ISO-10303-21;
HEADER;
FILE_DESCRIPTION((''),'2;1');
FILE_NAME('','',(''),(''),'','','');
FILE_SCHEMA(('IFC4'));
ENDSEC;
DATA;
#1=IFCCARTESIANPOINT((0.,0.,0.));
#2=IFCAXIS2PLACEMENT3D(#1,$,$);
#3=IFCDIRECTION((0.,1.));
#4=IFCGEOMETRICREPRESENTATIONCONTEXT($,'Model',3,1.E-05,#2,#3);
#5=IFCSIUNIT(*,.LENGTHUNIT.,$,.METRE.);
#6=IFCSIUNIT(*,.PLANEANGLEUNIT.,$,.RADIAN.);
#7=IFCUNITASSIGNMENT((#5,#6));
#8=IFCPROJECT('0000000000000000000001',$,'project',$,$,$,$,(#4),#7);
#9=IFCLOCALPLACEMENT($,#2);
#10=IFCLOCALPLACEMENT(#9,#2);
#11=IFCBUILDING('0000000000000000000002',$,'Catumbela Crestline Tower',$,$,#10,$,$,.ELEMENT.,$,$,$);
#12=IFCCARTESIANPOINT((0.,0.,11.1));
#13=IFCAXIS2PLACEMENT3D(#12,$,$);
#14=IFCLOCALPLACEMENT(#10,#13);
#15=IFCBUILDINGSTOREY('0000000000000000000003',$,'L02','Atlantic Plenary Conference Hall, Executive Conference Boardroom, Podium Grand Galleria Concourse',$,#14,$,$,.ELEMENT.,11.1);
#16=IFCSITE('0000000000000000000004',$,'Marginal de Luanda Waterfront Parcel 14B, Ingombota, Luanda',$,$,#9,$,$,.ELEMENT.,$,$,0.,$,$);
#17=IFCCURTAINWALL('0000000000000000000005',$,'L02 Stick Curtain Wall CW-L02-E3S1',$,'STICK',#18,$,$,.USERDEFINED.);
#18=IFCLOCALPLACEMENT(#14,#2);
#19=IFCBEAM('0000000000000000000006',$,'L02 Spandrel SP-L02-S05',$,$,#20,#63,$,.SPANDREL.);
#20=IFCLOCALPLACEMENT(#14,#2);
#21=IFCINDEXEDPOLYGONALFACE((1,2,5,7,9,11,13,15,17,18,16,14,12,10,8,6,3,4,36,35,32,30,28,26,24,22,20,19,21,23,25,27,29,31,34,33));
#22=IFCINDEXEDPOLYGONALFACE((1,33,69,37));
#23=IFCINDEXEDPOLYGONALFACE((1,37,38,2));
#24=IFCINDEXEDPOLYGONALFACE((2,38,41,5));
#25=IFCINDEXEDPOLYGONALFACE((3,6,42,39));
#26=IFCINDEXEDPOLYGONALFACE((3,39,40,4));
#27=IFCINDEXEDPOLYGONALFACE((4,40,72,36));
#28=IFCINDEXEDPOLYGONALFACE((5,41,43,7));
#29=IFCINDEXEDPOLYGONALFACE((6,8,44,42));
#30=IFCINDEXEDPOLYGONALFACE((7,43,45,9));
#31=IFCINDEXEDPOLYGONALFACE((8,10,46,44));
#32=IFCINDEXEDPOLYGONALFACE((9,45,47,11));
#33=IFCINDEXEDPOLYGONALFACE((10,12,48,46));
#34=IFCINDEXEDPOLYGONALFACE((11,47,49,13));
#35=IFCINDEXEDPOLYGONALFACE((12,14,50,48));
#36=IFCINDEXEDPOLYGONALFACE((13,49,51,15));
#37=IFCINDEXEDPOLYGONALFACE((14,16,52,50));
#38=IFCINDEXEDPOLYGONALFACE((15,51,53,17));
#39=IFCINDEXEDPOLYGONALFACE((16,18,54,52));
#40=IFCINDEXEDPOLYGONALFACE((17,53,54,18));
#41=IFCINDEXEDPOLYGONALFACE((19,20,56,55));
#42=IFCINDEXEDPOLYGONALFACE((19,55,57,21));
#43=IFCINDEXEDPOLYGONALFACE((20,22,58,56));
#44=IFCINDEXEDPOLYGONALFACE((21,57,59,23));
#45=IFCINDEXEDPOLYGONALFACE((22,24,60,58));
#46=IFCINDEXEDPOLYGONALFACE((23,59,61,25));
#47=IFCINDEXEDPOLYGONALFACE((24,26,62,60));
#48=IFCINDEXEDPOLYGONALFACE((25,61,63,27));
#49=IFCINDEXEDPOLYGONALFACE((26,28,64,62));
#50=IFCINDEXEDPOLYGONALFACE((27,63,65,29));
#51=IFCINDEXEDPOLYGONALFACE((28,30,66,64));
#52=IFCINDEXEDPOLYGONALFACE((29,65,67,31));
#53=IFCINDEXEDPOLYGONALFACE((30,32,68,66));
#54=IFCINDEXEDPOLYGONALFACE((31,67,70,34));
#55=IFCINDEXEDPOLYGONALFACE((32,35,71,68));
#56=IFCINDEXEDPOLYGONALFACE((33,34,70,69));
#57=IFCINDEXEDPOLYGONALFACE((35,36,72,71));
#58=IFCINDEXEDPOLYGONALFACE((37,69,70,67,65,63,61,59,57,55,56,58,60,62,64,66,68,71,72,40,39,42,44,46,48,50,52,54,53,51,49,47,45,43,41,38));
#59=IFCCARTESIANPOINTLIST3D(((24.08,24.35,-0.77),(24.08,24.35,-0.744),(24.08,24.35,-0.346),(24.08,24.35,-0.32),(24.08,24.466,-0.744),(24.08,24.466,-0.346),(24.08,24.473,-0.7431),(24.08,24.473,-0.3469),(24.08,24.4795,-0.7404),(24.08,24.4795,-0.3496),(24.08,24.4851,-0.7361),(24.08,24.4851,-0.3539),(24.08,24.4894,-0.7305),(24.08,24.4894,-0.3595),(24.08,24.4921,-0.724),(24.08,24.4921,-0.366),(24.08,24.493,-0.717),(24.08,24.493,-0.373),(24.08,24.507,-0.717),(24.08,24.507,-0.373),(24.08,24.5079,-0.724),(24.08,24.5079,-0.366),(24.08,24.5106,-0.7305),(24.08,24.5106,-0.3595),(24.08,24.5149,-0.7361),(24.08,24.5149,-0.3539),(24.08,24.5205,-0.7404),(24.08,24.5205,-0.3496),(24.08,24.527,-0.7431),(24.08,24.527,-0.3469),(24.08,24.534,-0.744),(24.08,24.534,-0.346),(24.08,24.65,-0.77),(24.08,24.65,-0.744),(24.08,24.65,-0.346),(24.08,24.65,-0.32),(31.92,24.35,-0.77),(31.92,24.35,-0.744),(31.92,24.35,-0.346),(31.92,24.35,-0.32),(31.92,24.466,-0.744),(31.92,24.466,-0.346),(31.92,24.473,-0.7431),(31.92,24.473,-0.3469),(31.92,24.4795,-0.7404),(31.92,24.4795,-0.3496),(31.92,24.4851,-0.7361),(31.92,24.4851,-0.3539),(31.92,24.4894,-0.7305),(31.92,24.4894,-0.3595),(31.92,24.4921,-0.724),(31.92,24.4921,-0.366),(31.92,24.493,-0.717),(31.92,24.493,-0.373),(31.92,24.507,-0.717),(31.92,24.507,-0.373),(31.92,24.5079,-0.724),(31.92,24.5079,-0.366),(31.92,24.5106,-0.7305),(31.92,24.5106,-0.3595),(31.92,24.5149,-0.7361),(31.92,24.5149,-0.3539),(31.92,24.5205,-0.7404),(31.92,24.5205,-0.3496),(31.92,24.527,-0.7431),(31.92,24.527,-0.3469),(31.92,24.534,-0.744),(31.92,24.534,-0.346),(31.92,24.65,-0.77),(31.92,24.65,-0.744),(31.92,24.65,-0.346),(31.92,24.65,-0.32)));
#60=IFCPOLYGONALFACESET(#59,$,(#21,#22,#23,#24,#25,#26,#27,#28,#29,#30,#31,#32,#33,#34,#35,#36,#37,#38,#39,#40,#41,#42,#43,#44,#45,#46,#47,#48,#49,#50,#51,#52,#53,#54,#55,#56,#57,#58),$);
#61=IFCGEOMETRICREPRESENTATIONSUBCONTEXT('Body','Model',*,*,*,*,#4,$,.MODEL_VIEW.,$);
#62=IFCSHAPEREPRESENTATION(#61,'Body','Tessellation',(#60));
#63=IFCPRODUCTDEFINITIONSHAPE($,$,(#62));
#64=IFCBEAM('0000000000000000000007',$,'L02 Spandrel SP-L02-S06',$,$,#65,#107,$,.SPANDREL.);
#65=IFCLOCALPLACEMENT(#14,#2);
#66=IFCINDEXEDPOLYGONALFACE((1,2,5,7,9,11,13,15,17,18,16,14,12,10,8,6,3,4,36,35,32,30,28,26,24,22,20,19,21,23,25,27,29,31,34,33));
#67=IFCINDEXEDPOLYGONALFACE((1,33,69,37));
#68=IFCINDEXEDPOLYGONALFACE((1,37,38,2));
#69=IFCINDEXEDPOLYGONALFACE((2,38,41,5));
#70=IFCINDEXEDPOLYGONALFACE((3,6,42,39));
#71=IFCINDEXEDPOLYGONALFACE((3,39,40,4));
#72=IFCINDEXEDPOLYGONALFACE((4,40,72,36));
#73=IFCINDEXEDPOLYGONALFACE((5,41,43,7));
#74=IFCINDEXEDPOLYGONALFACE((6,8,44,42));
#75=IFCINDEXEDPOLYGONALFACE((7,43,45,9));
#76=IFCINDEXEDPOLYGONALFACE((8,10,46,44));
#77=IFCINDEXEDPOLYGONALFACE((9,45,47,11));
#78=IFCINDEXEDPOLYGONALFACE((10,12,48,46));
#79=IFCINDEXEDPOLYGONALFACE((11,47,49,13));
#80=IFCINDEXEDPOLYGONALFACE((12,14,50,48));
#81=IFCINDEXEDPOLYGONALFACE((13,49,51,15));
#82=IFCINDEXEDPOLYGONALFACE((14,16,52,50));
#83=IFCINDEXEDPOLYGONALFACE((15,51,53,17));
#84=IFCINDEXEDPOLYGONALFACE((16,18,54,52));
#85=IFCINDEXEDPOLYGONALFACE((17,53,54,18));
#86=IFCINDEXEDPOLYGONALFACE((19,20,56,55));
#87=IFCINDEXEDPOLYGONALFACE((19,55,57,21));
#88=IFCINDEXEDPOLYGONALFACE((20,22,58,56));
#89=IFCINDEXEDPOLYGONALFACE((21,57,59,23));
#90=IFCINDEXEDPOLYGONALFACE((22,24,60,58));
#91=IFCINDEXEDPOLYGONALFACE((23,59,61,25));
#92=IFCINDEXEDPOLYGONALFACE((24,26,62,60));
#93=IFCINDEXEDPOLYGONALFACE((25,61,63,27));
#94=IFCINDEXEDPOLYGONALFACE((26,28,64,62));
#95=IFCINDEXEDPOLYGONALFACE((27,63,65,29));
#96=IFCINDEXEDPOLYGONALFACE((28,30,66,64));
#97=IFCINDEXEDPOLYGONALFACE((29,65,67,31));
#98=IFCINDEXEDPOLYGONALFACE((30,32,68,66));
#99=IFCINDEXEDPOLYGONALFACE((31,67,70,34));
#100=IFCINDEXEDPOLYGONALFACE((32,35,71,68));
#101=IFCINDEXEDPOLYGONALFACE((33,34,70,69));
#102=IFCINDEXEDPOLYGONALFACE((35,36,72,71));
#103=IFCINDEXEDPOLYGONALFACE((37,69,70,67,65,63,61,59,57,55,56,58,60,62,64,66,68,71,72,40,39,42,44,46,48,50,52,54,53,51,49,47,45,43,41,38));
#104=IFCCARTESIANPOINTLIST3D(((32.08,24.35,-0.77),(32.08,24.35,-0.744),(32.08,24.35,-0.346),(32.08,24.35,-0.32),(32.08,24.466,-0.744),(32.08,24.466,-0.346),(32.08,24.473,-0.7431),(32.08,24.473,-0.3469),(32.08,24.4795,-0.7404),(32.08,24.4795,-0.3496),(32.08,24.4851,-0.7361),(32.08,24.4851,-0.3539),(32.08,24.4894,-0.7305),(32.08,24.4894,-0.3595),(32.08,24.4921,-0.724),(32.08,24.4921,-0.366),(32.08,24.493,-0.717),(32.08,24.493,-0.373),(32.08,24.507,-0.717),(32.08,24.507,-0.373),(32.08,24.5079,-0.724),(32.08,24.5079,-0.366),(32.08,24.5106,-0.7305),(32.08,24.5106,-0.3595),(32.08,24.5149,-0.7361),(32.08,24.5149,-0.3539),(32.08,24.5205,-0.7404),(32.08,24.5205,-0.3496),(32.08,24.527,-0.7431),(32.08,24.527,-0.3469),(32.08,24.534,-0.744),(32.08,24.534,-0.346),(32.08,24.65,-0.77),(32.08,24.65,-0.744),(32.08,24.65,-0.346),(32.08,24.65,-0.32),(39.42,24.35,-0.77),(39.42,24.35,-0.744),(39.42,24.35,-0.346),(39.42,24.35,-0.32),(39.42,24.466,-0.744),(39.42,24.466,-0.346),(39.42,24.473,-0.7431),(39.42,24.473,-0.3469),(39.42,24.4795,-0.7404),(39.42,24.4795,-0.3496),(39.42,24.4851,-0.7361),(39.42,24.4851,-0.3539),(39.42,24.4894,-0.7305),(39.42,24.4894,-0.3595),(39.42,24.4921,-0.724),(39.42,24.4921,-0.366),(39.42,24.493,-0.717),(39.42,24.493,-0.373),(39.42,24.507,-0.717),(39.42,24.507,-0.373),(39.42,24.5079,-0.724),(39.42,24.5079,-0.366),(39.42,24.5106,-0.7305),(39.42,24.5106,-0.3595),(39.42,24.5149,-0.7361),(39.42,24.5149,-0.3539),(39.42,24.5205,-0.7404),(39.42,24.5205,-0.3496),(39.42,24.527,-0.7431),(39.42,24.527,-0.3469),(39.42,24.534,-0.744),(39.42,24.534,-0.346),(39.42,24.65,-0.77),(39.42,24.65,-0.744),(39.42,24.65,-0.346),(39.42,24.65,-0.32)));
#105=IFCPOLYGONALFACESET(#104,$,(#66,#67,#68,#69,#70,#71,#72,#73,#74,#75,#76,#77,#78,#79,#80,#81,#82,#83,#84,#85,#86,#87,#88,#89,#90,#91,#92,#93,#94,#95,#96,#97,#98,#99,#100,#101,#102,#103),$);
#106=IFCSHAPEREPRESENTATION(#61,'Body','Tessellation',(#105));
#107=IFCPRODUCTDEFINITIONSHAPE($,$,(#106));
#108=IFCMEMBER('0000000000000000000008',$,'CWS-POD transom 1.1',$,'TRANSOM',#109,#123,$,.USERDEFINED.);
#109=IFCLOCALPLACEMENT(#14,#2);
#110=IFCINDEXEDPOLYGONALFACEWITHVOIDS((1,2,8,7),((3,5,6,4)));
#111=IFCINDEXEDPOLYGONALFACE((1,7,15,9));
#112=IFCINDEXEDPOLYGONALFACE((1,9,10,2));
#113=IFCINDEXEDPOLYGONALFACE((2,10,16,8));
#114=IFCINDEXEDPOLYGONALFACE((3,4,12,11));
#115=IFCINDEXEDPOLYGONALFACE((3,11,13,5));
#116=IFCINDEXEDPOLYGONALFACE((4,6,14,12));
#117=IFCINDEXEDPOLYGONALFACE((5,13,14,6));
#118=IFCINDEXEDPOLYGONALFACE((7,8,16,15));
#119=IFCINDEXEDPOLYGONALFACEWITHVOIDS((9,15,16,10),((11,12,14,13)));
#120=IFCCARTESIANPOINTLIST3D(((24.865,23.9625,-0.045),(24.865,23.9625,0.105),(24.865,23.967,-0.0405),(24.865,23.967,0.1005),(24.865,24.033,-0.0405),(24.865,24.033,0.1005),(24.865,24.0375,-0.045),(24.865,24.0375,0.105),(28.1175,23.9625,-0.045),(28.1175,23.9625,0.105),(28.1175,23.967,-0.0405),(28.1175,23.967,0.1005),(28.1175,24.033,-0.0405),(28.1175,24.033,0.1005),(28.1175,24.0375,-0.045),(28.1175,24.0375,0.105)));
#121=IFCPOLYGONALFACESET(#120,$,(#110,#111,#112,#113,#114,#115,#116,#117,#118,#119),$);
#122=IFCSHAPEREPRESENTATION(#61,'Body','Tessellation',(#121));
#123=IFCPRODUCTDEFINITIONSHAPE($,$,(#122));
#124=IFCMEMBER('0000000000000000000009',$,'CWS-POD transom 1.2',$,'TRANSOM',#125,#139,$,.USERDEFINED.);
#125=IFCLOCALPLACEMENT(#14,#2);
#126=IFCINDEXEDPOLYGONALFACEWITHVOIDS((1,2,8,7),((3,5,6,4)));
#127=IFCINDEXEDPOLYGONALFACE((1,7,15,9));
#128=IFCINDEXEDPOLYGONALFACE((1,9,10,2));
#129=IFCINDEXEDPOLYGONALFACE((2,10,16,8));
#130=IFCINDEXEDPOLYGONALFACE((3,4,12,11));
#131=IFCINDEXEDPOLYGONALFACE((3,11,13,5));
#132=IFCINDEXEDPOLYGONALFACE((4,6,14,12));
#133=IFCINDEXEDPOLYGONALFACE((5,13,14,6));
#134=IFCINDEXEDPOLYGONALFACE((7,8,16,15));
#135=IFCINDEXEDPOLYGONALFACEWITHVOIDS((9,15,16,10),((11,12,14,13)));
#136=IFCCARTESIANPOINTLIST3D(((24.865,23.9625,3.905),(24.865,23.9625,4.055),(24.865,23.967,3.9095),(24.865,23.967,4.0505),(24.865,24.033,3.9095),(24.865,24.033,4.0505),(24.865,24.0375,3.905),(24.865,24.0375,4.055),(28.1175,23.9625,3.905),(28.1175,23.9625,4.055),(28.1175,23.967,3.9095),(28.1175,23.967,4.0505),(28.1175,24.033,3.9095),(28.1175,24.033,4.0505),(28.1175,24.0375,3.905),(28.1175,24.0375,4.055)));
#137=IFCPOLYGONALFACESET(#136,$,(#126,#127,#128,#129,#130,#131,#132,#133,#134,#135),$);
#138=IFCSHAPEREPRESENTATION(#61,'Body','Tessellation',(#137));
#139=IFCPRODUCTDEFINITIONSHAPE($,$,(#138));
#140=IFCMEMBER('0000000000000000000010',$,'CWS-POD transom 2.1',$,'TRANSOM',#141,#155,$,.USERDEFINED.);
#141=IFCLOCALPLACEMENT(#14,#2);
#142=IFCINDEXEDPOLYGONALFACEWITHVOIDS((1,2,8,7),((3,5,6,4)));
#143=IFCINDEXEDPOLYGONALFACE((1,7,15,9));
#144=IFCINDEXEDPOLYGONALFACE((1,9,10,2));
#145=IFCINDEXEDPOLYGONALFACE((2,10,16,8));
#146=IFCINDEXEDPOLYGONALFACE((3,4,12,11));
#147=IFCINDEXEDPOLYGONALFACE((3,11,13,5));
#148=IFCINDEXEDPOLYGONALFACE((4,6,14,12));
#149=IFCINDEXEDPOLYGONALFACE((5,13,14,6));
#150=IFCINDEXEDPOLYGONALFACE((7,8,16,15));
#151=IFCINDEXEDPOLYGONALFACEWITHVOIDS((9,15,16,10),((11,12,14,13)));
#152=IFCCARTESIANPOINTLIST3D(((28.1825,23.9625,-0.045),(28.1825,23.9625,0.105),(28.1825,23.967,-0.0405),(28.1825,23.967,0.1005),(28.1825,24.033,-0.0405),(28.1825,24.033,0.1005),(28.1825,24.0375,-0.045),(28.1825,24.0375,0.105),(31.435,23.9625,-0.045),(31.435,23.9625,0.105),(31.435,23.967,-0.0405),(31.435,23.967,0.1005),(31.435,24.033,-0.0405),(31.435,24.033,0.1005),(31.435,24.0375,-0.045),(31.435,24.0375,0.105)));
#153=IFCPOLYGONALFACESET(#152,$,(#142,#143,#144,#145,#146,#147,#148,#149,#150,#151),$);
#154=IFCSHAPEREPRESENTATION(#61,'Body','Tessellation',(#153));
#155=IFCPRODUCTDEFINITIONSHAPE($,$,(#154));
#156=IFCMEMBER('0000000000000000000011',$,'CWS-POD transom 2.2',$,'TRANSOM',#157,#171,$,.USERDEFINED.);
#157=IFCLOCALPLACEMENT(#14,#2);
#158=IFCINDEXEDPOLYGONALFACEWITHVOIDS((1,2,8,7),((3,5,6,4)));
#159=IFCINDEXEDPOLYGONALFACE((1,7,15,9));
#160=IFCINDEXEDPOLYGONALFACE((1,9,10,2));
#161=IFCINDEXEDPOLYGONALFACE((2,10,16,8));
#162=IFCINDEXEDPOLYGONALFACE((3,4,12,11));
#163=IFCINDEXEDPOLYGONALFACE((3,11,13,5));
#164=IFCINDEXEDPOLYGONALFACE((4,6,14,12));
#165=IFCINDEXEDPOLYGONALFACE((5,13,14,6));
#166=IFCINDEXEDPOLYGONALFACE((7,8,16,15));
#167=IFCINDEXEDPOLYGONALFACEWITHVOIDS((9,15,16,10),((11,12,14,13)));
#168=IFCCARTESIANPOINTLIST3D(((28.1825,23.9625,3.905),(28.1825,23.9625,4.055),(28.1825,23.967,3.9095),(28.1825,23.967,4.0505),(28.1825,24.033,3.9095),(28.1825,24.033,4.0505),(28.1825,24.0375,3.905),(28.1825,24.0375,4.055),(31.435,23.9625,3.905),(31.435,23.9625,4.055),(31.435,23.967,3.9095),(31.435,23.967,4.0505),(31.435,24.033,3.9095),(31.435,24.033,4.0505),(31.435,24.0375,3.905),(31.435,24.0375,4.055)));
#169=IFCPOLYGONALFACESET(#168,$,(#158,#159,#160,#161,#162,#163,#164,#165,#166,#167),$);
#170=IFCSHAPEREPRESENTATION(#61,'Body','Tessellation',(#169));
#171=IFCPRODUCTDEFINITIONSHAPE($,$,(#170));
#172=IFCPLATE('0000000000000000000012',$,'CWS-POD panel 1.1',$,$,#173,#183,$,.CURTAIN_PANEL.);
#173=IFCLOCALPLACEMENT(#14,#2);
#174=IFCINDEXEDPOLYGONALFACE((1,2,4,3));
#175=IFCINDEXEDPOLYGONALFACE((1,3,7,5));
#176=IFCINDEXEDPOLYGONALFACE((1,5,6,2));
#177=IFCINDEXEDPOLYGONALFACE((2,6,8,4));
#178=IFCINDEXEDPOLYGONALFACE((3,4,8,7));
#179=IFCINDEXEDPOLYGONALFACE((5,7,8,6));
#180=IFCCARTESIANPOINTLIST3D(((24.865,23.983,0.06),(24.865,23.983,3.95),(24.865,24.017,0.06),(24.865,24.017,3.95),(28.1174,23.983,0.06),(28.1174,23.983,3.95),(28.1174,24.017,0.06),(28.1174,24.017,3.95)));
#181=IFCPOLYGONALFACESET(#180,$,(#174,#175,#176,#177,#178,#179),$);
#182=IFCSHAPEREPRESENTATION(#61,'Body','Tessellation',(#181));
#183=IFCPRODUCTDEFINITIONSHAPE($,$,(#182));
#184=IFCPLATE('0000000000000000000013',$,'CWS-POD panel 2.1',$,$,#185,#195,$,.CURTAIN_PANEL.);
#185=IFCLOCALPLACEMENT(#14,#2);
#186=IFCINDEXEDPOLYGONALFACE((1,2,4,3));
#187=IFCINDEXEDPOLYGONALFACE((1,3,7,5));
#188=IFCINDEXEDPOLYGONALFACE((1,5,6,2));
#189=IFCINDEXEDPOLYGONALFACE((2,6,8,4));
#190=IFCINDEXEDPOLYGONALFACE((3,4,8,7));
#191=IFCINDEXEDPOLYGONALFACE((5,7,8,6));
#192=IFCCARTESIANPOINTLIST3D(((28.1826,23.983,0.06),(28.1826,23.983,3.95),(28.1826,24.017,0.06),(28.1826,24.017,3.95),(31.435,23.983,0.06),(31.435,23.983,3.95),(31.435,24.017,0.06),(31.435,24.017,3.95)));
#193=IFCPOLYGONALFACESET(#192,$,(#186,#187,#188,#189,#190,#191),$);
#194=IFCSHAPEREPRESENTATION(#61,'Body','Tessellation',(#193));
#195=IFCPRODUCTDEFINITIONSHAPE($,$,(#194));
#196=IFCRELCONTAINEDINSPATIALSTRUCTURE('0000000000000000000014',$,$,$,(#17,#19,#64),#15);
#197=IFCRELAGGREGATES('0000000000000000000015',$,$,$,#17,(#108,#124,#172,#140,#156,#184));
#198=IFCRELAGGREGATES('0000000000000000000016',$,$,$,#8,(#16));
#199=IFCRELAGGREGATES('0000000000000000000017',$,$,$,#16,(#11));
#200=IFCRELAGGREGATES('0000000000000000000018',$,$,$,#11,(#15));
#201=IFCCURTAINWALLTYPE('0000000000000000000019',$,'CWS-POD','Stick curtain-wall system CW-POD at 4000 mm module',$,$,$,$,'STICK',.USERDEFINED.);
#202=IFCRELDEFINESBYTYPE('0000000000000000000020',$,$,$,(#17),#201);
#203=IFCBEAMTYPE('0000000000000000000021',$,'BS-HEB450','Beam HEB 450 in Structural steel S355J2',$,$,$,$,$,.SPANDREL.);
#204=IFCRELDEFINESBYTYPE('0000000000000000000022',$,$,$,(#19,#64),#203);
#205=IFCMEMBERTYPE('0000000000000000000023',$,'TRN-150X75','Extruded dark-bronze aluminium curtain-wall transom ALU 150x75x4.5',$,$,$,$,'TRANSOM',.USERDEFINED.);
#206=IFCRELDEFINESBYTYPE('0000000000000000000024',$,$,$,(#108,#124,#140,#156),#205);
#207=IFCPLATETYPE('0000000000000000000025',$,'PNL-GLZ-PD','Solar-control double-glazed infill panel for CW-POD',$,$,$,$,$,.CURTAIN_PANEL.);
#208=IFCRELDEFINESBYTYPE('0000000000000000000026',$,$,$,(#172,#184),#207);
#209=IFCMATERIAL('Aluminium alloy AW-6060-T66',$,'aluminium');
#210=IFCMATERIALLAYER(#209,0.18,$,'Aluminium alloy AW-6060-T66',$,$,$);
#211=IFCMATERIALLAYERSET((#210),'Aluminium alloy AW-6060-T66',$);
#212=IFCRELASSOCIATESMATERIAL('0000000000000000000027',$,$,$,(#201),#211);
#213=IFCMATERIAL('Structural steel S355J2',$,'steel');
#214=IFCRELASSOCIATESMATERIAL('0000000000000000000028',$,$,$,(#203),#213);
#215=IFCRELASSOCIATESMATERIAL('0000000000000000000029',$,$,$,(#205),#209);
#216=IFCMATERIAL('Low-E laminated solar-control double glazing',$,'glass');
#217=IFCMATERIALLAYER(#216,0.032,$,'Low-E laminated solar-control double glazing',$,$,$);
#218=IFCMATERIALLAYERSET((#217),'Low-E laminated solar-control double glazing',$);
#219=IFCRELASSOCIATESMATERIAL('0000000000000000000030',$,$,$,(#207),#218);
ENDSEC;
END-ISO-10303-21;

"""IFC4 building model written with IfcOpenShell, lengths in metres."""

from ifc_helpers import new_model, si_unit, direction, frame, origin, origin_2d, place, context, subcontext, project, spatial, rectangle, hollow_rectangle, i_section, extrude, material, layer, layer_set, material_profile, profile_set, type_object, element, aggregate, save


model = new_model("IFC4")

# Units and contexts
model_context = context("Model", 3, precision=1e-05, world=origin(), true_north=direction((0.0, 1.0)))
body_context = subcontext(model_context, "Body", "Model", "MODEL_VIEW")
ifc_project = project(units=[si_unit("LENGTHUNIT", "METRE"), si_unit("PLANEANGLEUNIT", "RADIAN")], contexts=[model_context])

# Site, building, storey
site_placement = place(None, origin())
site = spatial("IfcSite", under=ifc_project, at=site_placement, Name="Marginal de Luanda Waterfront Parcel 14B, Ingombota, Luanda", CompositionType="ELEMENT", RefElevation=0.0)
building_placement = place(site_placement, origin())
building = spatial("IfcBuilding", under=site, at=building_placement, Name="Catumbela Crestline Tower", CompositionType="ELEMENT")
storey_placement = place(building_placement, frame((0.0, 0.0, 11.1)))
storey = spatial("IfcBuildingStorey", under=building, at=storey_placement, Name="L02", Description="Atlantic Plenary Conference Hall, Executive Conference Boardroom, Podium Grand Galleria Concourse", CompositionType="ELEMENT", Elevation=11.1)

# Shared definitions
ifc_material_1 = material(Name="Structural steel S355J2", Category="steel")

# Shared definitions
ifc_material_2 = material(Name="Aluminium alloy AW-6060-T66", Category="aluminium")
ifc_layer_1 = layer(ifc_material_2, 0.18, Name="Aluminium alloy AW-6060-T66")
ifc_layer_set_1 = layer_set([ifc_layer_1], Name="Aluminium alloy AW-6060-T66")
curtain_wall_type = type_object("IfcCurtainWallType", Name="CWS-POD", Description="Stick curtain-wall system CW-POD at 4000 mm module", ElementType="STICK", PredefinedType="USERDEFINED", material=ifc_layer_set_1)

# Curtain wall
curtain_wall_1_placement = place(storey_placement, origin())
curtain_wall_1 = element("IfcCurtainWall", 1, at=curtain_wall_1_placement, inside=storey, type_object=curtain_wall_type, Name="L02 Stick Curtain Wall CW-L02-E3S1", ObjectType="STICK", PredefinedType="USERDEFINED")

# Beams
ifc_material_profile_1 = material_profile(ifc_material_1, i_section(OverallWidth=0.3, OverallDepth=0.45, WebThickness=0.014, FlangeThickness=0.026, FilletRadius=0.027, at=origin_2d()), Name="HEB 450")
ifc_profile_set_1 = profile_set([ifc_material_profile_1], Name="Structural steel S355J2")
beam_type_1 = type_object("IfcBeamType", Name="BS-HEB450", Description="Beam HEB 450 in Structural steel S355J2", PredefinedType="SPANDREL", material=ifc_profile_set_1)
beam_1_placement = place(storey_placement, frame((24.08, 24.5, -0.545), z_axis=(1.0, 0.0, 0.0), x_axis=(0.0, 1.0, 0.0)))
element("IfcBeam", 2, at=beam_1_placement, inside=storey, type_object=beam_type_1, Name="L02 Spandrel SP-L02-S05", PredefinedType="SPANDREL", context=body_context, shape_type="SweptSolid", body=[
    extrude(i_section(OverallWidth=0.3, OverallDepth=0.45, WebThickness=0.014, FlangeThickness=0.026, FilletRadius=0.027, at=origin_2d()), origin(), (0.0, 0.0, 1.0), 7.84),
])
beam_2_placement = place(storey_placement, frame((32.08, 24.5, -0.545), z_axis=(1.0, 0.0, 0.0), x_axis=(0.0, 1.0, 0.0)))
element("IfcBeam", 3, at=beam_2_placement, inside=storey, type_object=beam_type_1, Name="L02 Spandrel SP-L02-S06", PredefinedType="SPANDREL", context=body_context, shape_type="SweptSolid", body=[
    extrude(i_section(OverallWidth=0.3, OverallDepth=0.45, WebThickness=0.014, FlangeThickness=0.026, FilletRadius=0.027, at=origin_2d()), origin(), (0.0, 0.0, 1.0), 7.34),
])

# Members
ifc_material_profile_2 = material_profile(ifc_material_2, hollow_rectangle(XDim=0.075, YDim=0.15, WallThickness=0.0045, at=origin_2d()), Name="ALU 150x75x4.5")
ifc_profile_set_2 = profile_set([ifc_material_profile_2], Name="Aluminium alloy AW-6060-T66")
member_type_1 = type_object("IfcMemberType", Name="TRN-150X75", Description="Extruded dark-bronze aluminium curtain-wall transom ALU 150x75x4.5", ElementType="TRANSOM", PredefinedType="USERDEFINED", material=ifc_profile_set_2)
member_1_placement = place(storey_placement, frame((24.865, 24.0, 0.03), z_axis=(1.0, 0.0, 0.0), x_axis=(0.0, 1.0, 0.0)))
member_1 = element("IfcMember", 4, at=member_1_placement, type_object=member_type_1, Name="CWS-POD transom 1.1", ObjectType="TRANSOM", PredefinedType="USERDEFINED", context=body_context, shape_type="SweptSolid", body=[
    extrude(hollow_rectangle(XDim=0.075, YDim=0.15, WallThickness=0.0045, at=origin_2d()), origin(), (0.0, 0.0, 1.0), 3.2525),
])
member_2_placement = place(storey_placement, frame((24.865, 24.0, 3.98), z_axis=(1.0, 0.0, 0.0), x_axis=(0.0, 1.0, 0.0)))
member_2 = element("IfcMember", 5, at=member_2_placement, type_object=member_type_1, Name="CWS-POD transom 1.2", ObjectType="TRANSOM", PredefinedType="USERDEFINED", context=body_context, shape_type="SweptSolid", body=[
    extrude(hollow_rectangle(XDim=0.075, YDim=0.15, WallThickness=0.0045, at=origin_2d()), origin(), (0.0, 0.0, 1.0), 3.2525),
])
member_3_placement = place(storey_placement, frame((28.1825, 24.0, 0.03), z_axis=(1.0, 0.0, 0.0), x_axis=(0.0, 1.0, 0.0)))
member_3 = element("IfcMember", 6, at=member_3_placement, type_object=member_type_1, Name="CWS-POD transom 2.1", ObjectType="TRANSOM", PredefinedType="USERDEFINED", context=body_context, shape_type="SweptSolid", body=[
    extrude(hollow_rectangle(XDim=0.075, YDim=0.15, WallThickness=0.0045, at=origin_2d()), origin(), (0.0, 0.0, 1.0), 3.2525),
])
member_4_placement = place(storey_placement, frame((28.1825, 24.0, 3.98), z_axis=(1.0, 0.0, 0.0), x_axis=(0.0, 1.0, 0.0)))
member_4 = element("IfcMember", 7, at=member_4_placement, type_object=member_type_1, Name="CWS-POD transom 2.2", ObjectType="TRANSOM", PredefinedType="USERDEFINED", context=body_context, shape_type="SweptSolid", body=[
    extrude(hollow_rectangle(XDim=0.075, YDim=0.15, WallThickness=0.0045, at=origin_2d()), origin(), (0.0, 0.0, 1.0), 3.2525),
])

# Plates
ifc_material_3 = material(Name="Low-E laminated solar-control double glazing", Category="glass")
ifc_layer_2 = layer(ifc_material_3, 0.032, Name="Low-E laminated solar-control double glazing")
ifc_layer_set_2 = layer_set([ifc_layer_2], Name="Low-E laminated solar-control double glazing")
plate_type = type_object("IfcPlateType", Name="PNL-GLZ-PD", Description="Solar-control double-glazed infill panel for CW-POD", PredefinedType="CURTAIN_PANEL", material=ifc_layer_set_2)
plate_1_placement = place(storey_placement, frame((26.4912, 24.0, 0.06), z_axis=(0.0, 0.0, 1.0), x_axis=(1.0, 0.0, 0.0)))
plate_1 = element("IfcPlate", 8, at=plate_1_placement, type_object=plate_type, Name="CWS-POD panel 1.1", PredefinedType="CURTAIN_PANEL", context=body_context, shape_type="SweptSolid", body=[
    extrude(rectangle(XDim=3.2525, YDim=0.034, at=origin_2d()), origin(), (0.0, 0.0, 1.0), 3.89),
])
plate_2_placement = place(storey_placement, frame((29.8088, 24.0, 0.06), z_axis=(0.0, 0.0, 1.0), x_axis=(1.0, 0.0, 0.0)))
plate_2 = element("IfcPlate", 9, at=plate_2_placement, type_object=plate_type, Name="CWS-POD panel 2.1", PredefinedType="CURTAIN_PANEL", context=body_context, shape_type="SweptSolid", body=[
    extrude(rectangle(XDim=3.2525, YDim=0.034, at=origin_2d()), origin(), (0.0, 0.0, 1.0), 3.89),
])
aggregate(curtain_wall_1, [member_1, member_2, plate_1, member_3, member_4, plate_2])

save(model, "model.ifc")
